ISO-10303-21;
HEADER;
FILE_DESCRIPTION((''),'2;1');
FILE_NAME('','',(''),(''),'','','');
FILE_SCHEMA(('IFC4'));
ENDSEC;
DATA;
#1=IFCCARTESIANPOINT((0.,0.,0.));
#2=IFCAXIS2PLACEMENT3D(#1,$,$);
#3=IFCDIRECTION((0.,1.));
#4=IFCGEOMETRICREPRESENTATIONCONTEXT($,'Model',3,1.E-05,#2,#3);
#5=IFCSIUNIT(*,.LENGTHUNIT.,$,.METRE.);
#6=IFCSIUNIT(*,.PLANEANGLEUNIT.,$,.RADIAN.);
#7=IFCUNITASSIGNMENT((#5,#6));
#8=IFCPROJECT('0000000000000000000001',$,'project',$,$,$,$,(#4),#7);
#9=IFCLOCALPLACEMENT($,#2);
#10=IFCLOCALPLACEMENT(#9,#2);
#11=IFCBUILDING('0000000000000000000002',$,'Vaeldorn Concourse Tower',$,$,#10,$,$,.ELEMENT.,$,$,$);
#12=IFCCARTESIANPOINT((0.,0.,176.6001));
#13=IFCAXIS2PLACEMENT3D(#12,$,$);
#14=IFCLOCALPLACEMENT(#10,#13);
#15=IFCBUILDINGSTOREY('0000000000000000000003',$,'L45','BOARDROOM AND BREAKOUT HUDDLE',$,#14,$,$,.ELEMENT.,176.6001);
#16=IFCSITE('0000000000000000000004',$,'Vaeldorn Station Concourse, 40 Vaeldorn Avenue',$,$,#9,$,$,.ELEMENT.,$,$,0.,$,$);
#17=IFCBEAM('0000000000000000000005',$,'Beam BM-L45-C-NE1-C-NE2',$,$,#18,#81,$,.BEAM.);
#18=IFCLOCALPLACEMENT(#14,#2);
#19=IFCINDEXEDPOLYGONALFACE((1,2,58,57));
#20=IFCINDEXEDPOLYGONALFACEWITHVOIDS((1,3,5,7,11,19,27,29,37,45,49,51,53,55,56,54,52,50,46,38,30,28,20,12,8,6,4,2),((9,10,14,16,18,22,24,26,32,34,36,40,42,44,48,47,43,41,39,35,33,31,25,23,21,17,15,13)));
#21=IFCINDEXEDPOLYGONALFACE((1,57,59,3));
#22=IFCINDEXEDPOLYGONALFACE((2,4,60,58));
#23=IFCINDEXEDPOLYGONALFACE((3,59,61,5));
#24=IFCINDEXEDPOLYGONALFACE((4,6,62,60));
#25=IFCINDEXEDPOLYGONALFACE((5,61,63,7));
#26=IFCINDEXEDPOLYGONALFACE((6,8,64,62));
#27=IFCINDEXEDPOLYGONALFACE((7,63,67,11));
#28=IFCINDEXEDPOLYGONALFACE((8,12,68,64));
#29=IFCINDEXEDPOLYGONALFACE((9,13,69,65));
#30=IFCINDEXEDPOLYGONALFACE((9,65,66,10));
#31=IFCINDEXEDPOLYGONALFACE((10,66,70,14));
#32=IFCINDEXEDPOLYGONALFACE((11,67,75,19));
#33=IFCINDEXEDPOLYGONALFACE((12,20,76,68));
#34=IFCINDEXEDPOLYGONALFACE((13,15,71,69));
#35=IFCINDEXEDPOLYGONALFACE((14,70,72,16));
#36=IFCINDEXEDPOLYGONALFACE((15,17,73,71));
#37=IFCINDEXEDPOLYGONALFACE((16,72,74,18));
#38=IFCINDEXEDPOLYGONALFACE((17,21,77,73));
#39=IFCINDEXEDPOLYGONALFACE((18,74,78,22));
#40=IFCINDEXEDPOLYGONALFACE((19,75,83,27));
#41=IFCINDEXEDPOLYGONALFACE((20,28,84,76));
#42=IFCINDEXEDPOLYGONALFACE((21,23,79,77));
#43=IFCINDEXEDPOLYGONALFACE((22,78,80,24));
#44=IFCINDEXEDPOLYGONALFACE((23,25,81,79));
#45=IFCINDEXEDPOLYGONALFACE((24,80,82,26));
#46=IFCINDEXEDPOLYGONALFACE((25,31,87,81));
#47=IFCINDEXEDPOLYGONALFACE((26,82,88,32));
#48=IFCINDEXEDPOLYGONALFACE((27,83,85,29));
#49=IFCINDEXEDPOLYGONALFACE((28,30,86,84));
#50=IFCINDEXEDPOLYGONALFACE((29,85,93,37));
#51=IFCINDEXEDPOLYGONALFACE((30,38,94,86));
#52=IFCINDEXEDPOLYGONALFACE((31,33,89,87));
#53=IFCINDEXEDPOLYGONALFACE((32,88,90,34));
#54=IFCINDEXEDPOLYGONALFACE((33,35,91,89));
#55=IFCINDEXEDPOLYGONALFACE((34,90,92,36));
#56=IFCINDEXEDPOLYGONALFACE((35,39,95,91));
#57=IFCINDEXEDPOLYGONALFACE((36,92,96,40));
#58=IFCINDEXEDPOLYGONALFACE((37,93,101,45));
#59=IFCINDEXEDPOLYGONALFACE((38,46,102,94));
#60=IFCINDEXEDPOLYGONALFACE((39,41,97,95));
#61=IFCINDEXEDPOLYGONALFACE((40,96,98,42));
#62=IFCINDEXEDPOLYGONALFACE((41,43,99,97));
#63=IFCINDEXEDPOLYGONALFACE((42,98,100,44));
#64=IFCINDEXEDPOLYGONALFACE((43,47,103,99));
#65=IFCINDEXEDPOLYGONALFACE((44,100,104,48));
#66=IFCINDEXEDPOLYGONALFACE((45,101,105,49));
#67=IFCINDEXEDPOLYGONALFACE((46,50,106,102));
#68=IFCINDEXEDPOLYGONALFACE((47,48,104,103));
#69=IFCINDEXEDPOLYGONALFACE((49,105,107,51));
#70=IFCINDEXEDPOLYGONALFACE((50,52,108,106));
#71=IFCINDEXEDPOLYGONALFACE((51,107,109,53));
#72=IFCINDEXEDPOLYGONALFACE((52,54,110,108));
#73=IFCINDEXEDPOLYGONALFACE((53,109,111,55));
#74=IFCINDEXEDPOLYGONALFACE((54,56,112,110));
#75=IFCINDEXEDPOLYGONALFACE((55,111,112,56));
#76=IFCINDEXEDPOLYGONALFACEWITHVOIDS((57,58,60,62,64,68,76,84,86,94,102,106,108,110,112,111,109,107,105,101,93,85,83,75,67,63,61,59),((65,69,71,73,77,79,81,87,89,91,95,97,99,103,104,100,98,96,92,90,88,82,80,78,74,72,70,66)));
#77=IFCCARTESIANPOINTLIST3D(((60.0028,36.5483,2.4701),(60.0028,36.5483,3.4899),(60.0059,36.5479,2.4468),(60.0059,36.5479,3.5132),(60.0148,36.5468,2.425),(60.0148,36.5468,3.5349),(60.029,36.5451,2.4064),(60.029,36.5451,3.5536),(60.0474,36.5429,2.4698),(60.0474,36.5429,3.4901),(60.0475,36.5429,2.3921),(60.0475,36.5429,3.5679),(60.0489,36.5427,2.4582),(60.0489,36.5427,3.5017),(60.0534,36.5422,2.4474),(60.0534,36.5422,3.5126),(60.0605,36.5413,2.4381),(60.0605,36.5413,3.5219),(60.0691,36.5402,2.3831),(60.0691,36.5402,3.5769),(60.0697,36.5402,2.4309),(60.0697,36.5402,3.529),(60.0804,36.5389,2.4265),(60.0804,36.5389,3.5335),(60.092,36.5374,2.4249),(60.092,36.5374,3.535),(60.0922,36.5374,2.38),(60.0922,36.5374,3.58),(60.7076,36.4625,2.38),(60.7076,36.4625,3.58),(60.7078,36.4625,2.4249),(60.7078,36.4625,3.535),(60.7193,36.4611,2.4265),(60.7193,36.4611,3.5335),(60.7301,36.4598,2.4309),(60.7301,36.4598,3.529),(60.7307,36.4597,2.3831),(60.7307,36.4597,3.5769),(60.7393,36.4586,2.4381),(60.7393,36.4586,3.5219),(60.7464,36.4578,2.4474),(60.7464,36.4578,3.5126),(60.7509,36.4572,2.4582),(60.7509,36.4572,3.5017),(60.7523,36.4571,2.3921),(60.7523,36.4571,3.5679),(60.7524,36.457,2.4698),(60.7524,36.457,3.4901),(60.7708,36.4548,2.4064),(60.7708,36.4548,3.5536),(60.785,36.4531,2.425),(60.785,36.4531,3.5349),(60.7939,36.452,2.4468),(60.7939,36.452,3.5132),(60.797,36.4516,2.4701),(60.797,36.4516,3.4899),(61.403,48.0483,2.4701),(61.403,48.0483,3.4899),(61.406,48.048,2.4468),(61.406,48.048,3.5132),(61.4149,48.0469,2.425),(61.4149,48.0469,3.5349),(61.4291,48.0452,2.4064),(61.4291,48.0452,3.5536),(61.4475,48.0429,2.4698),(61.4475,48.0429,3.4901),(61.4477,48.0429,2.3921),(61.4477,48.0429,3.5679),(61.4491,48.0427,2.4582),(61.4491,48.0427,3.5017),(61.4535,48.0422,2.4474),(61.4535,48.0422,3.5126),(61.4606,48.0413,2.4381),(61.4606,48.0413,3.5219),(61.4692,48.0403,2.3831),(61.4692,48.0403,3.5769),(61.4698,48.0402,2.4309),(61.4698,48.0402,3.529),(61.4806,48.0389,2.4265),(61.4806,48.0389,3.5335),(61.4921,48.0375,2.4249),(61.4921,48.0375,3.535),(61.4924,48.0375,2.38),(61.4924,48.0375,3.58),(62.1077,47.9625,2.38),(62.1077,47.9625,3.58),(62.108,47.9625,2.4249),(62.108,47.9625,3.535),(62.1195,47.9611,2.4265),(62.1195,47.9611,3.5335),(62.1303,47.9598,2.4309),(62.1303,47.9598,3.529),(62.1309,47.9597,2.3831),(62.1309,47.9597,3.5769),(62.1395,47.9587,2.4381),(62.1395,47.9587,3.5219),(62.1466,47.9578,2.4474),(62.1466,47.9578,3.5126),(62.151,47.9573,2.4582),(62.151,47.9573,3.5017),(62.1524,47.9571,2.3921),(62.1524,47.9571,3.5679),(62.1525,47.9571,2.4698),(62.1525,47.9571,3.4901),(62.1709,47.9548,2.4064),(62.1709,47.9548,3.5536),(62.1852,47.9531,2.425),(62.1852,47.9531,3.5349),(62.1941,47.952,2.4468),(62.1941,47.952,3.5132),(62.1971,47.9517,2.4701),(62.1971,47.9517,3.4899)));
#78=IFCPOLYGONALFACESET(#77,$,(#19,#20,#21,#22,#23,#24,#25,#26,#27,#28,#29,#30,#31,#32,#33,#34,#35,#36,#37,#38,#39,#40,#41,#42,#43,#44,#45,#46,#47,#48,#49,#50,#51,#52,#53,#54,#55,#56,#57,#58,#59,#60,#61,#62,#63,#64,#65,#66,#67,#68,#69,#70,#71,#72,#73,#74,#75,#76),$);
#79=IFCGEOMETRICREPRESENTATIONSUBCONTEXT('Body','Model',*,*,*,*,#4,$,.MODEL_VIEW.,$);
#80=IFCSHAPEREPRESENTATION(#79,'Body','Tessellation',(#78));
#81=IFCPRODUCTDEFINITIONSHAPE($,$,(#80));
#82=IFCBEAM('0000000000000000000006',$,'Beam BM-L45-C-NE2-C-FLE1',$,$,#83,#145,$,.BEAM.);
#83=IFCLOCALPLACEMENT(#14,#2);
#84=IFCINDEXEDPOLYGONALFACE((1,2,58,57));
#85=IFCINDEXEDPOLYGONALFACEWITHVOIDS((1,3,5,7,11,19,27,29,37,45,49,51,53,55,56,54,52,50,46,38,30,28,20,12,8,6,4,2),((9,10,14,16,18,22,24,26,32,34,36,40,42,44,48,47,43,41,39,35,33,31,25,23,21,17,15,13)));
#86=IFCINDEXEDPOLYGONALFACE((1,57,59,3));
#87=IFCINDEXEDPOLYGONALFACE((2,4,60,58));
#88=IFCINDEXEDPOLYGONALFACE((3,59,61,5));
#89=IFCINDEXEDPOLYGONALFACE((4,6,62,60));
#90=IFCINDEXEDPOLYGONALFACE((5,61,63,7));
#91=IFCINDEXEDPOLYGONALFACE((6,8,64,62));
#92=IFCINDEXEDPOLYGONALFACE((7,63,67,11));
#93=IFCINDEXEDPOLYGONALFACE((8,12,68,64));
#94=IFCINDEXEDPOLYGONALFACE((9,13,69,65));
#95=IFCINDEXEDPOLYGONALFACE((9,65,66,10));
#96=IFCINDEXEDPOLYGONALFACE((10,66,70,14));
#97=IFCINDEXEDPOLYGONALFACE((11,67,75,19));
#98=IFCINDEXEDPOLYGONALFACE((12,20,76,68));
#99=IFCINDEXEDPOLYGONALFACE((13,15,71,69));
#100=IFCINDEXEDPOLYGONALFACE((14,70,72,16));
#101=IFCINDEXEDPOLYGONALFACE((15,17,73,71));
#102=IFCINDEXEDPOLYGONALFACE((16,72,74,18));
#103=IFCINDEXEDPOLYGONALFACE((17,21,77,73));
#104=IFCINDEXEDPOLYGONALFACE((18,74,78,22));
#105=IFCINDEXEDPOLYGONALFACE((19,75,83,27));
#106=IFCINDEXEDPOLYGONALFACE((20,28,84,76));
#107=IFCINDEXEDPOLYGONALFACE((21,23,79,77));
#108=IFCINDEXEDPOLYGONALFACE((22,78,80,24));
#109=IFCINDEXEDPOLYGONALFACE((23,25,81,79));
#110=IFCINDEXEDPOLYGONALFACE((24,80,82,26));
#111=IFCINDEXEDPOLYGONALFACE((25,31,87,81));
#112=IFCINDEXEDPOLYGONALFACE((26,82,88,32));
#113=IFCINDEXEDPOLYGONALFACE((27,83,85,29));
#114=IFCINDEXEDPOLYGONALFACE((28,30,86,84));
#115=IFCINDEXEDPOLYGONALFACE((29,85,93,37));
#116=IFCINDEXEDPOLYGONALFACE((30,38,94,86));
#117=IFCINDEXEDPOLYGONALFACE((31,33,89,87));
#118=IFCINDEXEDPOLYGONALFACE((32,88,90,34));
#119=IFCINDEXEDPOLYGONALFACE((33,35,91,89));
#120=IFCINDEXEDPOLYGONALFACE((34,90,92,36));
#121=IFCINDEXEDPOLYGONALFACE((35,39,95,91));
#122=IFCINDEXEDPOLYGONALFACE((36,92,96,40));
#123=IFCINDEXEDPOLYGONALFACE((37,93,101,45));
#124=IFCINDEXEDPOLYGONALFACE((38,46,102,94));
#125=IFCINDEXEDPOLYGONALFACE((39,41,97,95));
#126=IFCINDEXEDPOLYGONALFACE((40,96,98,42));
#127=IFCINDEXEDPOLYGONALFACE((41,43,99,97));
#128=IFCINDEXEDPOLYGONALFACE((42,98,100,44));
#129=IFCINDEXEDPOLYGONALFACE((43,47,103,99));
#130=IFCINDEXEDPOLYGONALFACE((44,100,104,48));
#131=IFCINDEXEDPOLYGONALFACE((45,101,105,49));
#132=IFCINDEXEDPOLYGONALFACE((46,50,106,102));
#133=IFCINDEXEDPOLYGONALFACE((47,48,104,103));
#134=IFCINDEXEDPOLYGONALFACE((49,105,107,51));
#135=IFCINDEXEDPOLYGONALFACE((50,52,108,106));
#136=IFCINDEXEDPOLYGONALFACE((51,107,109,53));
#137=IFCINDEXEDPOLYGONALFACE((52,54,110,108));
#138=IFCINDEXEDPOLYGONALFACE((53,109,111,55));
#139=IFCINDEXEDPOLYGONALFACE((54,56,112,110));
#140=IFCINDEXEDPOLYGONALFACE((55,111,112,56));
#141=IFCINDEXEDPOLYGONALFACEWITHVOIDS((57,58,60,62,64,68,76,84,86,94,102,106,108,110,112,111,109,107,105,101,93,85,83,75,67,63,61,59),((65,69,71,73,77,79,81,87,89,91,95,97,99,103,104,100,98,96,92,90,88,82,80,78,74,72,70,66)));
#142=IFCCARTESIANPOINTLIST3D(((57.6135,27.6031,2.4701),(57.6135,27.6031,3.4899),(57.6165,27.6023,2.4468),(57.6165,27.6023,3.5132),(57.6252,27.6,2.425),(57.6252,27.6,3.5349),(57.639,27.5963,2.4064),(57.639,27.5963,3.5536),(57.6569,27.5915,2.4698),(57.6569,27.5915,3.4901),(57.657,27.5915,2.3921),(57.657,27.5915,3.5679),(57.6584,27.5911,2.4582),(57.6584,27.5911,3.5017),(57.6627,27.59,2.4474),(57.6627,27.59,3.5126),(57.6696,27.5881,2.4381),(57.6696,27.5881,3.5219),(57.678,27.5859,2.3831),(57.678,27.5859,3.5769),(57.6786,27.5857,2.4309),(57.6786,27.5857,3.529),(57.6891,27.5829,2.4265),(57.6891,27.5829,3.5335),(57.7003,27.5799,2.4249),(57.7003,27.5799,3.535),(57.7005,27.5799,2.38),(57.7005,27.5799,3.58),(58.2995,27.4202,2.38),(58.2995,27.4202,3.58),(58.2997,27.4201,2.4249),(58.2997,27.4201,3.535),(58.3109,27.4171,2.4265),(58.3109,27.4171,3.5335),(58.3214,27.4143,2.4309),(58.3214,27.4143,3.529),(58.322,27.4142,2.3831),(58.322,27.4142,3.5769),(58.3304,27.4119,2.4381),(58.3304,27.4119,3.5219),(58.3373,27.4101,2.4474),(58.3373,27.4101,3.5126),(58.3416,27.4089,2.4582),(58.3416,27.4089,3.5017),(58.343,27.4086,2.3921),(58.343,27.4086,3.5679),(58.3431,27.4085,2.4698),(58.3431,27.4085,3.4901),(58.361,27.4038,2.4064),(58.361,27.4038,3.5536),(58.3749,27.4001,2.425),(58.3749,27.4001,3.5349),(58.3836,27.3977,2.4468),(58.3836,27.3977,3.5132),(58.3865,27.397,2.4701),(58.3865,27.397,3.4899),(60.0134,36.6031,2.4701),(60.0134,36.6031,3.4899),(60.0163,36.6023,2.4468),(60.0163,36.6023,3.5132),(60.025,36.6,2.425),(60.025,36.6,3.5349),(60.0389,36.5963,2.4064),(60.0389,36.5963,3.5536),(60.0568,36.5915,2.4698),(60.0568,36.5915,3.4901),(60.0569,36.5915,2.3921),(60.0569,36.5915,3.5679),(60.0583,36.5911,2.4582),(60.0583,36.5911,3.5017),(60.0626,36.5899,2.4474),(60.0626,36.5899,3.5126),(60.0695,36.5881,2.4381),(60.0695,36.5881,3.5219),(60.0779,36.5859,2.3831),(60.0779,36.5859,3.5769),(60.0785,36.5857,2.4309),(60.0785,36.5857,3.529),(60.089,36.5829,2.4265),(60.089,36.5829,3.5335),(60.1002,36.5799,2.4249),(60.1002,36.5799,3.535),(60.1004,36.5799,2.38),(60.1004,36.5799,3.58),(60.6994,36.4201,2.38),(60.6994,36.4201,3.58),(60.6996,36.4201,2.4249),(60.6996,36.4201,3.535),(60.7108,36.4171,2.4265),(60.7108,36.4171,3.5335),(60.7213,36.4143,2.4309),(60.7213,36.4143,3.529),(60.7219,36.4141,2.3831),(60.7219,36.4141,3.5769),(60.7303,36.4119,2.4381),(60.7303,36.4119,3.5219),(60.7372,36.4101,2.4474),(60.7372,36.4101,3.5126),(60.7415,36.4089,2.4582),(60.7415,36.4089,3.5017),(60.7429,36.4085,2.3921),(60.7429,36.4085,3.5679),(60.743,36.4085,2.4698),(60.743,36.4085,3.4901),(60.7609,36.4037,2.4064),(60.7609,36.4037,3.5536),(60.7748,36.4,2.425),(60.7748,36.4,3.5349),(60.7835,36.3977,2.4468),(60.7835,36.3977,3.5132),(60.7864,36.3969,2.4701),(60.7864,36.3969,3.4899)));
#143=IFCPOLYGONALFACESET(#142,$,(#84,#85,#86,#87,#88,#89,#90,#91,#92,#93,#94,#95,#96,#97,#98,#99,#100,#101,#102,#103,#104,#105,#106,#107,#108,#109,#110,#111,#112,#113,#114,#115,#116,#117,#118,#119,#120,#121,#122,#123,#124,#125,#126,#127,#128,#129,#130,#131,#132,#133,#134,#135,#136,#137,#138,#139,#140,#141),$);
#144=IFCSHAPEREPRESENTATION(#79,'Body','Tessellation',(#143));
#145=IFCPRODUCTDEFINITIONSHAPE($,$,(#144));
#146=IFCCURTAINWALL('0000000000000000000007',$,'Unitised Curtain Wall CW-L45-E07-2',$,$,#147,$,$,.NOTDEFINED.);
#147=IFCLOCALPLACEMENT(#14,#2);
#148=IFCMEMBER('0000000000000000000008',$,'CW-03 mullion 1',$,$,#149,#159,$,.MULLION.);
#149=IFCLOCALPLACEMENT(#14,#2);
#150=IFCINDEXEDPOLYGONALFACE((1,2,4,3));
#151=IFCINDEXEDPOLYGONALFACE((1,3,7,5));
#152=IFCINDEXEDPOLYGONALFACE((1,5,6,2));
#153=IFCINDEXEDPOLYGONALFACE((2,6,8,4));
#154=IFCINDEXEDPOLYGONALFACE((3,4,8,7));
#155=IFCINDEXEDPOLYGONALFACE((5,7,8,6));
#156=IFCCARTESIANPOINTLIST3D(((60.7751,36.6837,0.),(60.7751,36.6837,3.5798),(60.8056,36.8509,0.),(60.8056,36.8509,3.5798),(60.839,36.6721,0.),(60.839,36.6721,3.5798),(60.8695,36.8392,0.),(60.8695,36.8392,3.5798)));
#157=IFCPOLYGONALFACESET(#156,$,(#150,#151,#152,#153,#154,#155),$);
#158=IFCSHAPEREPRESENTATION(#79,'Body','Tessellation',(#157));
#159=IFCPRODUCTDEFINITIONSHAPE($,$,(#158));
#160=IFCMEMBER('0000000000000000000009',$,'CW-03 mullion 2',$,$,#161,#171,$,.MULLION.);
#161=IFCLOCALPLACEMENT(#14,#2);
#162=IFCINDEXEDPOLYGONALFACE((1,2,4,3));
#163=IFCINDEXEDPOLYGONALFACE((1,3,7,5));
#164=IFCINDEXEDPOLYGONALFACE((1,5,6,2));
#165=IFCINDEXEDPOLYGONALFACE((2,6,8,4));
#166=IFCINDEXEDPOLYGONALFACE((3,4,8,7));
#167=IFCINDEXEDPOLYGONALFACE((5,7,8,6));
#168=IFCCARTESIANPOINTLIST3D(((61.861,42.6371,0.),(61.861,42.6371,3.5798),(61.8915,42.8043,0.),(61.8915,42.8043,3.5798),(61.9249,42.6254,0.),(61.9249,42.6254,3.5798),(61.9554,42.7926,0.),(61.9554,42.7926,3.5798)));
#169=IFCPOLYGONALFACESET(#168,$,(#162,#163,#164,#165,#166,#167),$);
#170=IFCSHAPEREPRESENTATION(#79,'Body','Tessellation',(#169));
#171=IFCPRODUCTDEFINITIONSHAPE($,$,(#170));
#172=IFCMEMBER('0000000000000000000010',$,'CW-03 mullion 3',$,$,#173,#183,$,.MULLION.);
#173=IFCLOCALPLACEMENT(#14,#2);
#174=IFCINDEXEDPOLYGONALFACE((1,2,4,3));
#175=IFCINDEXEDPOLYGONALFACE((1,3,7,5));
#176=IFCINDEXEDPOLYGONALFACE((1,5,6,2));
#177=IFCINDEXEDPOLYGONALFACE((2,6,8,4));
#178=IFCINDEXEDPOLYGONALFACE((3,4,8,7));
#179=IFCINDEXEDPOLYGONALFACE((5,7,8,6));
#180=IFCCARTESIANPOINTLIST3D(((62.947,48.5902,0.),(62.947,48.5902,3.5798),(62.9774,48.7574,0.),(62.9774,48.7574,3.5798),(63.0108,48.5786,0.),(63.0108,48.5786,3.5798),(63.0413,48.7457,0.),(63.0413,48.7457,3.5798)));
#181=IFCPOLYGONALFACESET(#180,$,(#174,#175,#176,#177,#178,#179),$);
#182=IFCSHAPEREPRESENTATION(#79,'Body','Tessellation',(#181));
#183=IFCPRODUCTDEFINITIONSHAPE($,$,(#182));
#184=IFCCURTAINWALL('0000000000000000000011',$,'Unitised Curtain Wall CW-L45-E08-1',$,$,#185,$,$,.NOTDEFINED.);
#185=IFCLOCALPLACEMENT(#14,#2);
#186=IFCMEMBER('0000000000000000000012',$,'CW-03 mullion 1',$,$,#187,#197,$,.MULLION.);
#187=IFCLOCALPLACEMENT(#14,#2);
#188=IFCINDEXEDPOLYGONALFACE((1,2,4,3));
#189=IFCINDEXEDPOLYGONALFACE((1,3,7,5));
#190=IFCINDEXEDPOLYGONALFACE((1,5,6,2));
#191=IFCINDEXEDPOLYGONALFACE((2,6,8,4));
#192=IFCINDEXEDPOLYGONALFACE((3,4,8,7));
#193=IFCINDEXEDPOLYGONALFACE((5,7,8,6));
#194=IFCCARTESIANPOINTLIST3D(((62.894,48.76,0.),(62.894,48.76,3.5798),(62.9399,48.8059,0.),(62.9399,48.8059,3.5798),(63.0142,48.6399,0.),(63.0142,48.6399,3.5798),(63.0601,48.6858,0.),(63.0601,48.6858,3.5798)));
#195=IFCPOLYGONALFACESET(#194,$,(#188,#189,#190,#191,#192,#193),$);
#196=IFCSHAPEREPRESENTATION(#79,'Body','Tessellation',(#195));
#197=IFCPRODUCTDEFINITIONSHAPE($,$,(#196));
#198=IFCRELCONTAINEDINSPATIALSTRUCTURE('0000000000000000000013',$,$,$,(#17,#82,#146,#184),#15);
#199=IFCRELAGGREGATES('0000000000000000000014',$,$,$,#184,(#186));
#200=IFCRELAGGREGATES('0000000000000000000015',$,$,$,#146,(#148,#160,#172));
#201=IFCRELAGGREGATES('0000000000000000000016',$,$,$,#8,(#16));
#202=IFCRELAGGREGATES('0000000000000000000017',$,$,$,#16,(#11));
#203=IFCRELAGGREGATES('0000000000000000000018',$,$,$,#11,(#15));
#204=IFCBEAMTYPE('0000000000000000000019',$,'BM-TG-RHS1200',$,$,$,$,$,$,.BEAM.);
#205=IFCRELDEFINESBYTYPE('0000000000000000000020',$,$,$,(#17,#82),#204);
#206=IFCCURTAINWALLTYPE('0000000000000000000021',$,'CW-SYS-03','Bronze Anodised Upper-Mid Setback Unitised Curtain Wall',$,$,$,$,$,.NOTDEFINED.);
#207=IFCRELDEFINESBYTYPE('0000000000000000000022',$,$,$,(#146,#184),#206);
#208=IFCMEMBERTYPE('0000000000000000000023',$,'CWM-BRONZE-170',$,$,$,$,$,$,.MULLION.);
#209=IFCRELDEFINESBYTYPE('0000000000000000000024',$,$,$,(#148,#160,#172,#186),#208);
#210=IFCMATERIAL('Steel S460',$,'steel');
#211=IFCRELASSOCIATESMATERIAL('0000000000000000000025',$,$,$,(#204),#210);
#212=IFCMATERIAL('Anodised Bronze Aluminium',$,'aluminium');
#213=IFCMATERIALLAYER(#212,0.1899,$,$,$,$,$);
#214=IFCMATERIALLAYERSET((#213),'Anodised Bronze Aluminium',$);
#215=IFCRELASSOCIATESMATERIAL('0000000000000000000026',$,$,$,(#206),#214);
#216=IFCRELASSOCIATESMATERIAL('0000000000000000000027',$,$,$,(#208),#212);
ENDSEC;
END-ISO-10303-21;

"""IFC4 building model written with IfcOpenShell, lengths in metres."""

from ifc_helpers import new_model, si_unit, direction, frame, origin, origin_2d, place, context, subcontext, project, spatial, rectangle, hollow_rectangle, extrude, source, transform, mapped, material, layer, layer_set, material_profile, profile_set, type_object, element, aggregate, save


model = new_model("IFC4")

# Units and contexts
model_context = context("Model", 3, precision=1e-05, world=origin(), true_north=direction((0.0, 1.0)))
body_context = subcontext(model_context, "Body", "Model", "MODEL_VIEW")
ifc_project = project(units=[si_unit("LENGTHUNIT", "METRE"), si_unit("PLANEANGLEUNIT", "RADIAN")], contexts=[model_context])

# Site, building, storey
site_placement = place(None, origin())
site = spatial("IfcSite", under=ifc_project, at=site_placement, Name="Vaeldorn Station Concourse, 40 Vaeldorn Avenue", CompositionType="ELEMENT", RefElevation=0.0)
building_placement = place(site_placement, origin())
building = spatial("IfcBuilding", under=site, at=building_placement, Name="Vaeldorn Concourse Tower", CompositionType="ELEMENT")
storey_placement = place(building_placement, frame((0.0, 0.0, 176.6001)))
storey = spatial("IfcBuildingStorey", under=building, at=storey_placement, Name="L45", Description="BOARDROOM AND BREAKOUT HUDDLE", CompositionType="ELEMENT", Elevation=176.6001)

# Shared definitions
ifc_material_1 = material(Name="Steel S460", Category="steel")

# Beams
ifc_material_profile_1 = material_profile(ifc_material_1, hollow_rectangle(XDim=0.8, YDim=1.2, WallThickness=0.0449, InnerFilletRadius=0.0449, OuterFilletRadius=0.0901, at=origin_2d()), Name="RHS 1200x800x45")
ifc_profile_set_1 = profile_set([ifc_material_profile_1], Name="Steel S460")
beam_type = type_object("IfcBeamType", Name="BM-TG-RHS1200", PredefinedType="BEAM", material=ifc_profile_set_1)
shared_shape_1 = source(origin(), body_context, "Body", "SweptSolid", [
    extrude(hollow_rectangle(XDim=0.8, YDim=1.2, WallThickness=0.0449, InnerFilletRadius=0.0449, OuterFilletRadius=0.0901, at=origin_2d()), origin(), (0.0, 0.0, 1.0), 11.585),
])
beam_1_placement = place(storey_placement, frame((61.8, 48.0, 2.98), z_axis=(-0.120859, -0.99267, 0.0), x_axis=(0.99267, -0.120859, 0.0)))
element("IfcBeam", 1, at=beam_1_placement, inside=storey, type_object=beam_type, Name="Beam BM-L45-C-NE1-C-NE2", PredefinedType="BEAM", context=body_context, shape_type="MappedRepresentation", body=[
    mapped(shared_shape_1, transform((0.0, 0.0, 0.0), scale=1.0)),
])
shared_shape_2 = source(origin(), body_context, "Body", "SweptSolid", [
    extrude(hollow_rectangle(XDim=0.8, YDim=1.2, WallThickness=0.0449, InnerFilletRadius=0.0449, OuterFilletRadius=0.0901, at=origin_2d()), origin(), (0.0, 0.0, 1.0), 9.3145),
])
beam_2_placement = place(storey_placement, frame((60.3999, 36.5, 2.98), z_axis=(-0.257653, -0.966238, 0.0), x_axis=(0.966238, -0.257653, 0.0)))
element("IfcBeam", 2, at=beam_2_placement, inside=storey, type_object=beam_type, Name="Beam BM-L45-C-NE2-C-FLE1", PredefinedType="BEAM", context=body_context, shape_type="MappedRepresentation", body=[
    mapped(shared_shape_2, transform((0.0, 0.0, 0.0), scale=1.0)),
])

# Curtain walls, members
ifc_material_2 = material(Name="Anodised Bronze Aluminium", Category="aluminium")
ifc_layer_1 = layer(ifc_material_2, 0.1899)
ifc_layer_set_1 = layer_set([ifc_layer_1], Name="Anodised Bronze Aluminium")
curtain_wall_type = type_object("IfcCurtainWallType", Name="CW-SYS-03", Description="Bronze Anodised Upper-Mid Setback Unitised Curtain Wall", PredefinedType="NOTDEFINED", material=ifc_layer_set_1)
curtain_wall_1_placement = place(storey_placement, origin())
curtain_wall_1 = element("IfcCurtainWall", 3, at=curtain_wall_1_placement, inside=storey, type_object=curtain_wall_type, Name="Unitised Curtain Wall CW-L45-E07-2", PredefinedType="NOTDEFINED")
ifc_material_profile_2 = material_profile(ifc_material_2, rectangle(XDim=0.0649, YDim=0.1699, at=origin_2d()), Name="CWM 65x170")
ifc_profile_set_2 = profile_set([ifc_material_profile_2], Name="Anodised Bronze Aluminium")
member_type_1 = type_object("IfcMemberType", Name="CWM-BRONZE-170", PredefinedType="MULLION", material=ifc_profile_set_2)
shared_shape_3 = source(origin(), body_context, "Body", "SweptSolid", [
    extrude(rectangle(XDim=0.0649, YDim=0.1699, at=origin_2d()), origin(), (0.0, 0.0, 1.0), 3.5798),
])
member_1_placement = place(storey_placement, frame((60.8223, 36.7615, 0.0), z_axis=(0.0, 0.0, 1.0), x_axis=(-0.983768, 0.179447, 0.0)))
member_1 = element("IfcMember", 4, at=member_1_placement, type_object=member_type_1, Name="CW-03 mullion 1", PredefinedType="MULLION", context=body_context, shape_type="MappedRepresentation", body=[
    mapped(shared_shape_3, transform((0.0, 0.0, 0.0), scale=1.0)),
])
member_2_placement = place(storey_placement, frame((61.9082, 42.7148, 0.0), z_axis=(0.0, 0.0, 1.0), x_axis=(-0.983768, 0.179447, 0.0)))
member_2 = element("IfcMember", 5, at=member_2_placement, type_object=member_type_1, Name="CW-03 mullion 2", PredefinedType="MULLION", context=body_context, shape_type="MappedRepresentation", body=[
    mapped(shared_shape_3, transform((0.0, 0.0, 0.0), scale=1.0)),
])
member_3_placement = place(storey_placement, frame((62.9941, 48.668, 0.0), z_axis=(0.0, 0.0, 1.0), x_axis=(-0.983768, 0.179447, 0.0)))
member_3 = element("IfcMember", 6, at=member_3_placement, type_object=member_type_1, Name="CW-03 mullion 3", PredefinedType="MULLION", context=body_context, shape_type="MappedRepresentation", body=[
    mapped(shared_shape_3, transform((0.0, 0.0, 0.0), scale=1.0)),
])
curtain_wall_2_placement = place(storey_placement, origin())
curtain_wall_2 = element("IfcCurtainWall", 7, at=curtain_wall_2_placement, inside=storey, type_object=curtain_wall_type, Name="Unitised Curtain Wall CW-L45-E08-1", PredefinedType="NOTDEFINED")
member_4_placement = place(storey_placement, frame((62.9771, 48.7229, 0.0), z_axis=(0.0, 0.0, 1.0), x_axis=(-0.707107, -0.707107, 0.0)))
member_4 = element("IfcMember", 8, at=member_4_placement, type_object=member_type_1, Name="CW-03 mullion 1", PredefinedType="MULLION", context=body_context, shape_type="MappedRepresentation", body=[
    mapped(shared_shape_3, transform((0.0, 0.0, 0.0), scale=1.0)),
])

aggregate(curtain_wall_2, [member_4])
aggregate(curtain_wall_1, [member_1, member_2, member_3])

save(model, "model.ifc")
